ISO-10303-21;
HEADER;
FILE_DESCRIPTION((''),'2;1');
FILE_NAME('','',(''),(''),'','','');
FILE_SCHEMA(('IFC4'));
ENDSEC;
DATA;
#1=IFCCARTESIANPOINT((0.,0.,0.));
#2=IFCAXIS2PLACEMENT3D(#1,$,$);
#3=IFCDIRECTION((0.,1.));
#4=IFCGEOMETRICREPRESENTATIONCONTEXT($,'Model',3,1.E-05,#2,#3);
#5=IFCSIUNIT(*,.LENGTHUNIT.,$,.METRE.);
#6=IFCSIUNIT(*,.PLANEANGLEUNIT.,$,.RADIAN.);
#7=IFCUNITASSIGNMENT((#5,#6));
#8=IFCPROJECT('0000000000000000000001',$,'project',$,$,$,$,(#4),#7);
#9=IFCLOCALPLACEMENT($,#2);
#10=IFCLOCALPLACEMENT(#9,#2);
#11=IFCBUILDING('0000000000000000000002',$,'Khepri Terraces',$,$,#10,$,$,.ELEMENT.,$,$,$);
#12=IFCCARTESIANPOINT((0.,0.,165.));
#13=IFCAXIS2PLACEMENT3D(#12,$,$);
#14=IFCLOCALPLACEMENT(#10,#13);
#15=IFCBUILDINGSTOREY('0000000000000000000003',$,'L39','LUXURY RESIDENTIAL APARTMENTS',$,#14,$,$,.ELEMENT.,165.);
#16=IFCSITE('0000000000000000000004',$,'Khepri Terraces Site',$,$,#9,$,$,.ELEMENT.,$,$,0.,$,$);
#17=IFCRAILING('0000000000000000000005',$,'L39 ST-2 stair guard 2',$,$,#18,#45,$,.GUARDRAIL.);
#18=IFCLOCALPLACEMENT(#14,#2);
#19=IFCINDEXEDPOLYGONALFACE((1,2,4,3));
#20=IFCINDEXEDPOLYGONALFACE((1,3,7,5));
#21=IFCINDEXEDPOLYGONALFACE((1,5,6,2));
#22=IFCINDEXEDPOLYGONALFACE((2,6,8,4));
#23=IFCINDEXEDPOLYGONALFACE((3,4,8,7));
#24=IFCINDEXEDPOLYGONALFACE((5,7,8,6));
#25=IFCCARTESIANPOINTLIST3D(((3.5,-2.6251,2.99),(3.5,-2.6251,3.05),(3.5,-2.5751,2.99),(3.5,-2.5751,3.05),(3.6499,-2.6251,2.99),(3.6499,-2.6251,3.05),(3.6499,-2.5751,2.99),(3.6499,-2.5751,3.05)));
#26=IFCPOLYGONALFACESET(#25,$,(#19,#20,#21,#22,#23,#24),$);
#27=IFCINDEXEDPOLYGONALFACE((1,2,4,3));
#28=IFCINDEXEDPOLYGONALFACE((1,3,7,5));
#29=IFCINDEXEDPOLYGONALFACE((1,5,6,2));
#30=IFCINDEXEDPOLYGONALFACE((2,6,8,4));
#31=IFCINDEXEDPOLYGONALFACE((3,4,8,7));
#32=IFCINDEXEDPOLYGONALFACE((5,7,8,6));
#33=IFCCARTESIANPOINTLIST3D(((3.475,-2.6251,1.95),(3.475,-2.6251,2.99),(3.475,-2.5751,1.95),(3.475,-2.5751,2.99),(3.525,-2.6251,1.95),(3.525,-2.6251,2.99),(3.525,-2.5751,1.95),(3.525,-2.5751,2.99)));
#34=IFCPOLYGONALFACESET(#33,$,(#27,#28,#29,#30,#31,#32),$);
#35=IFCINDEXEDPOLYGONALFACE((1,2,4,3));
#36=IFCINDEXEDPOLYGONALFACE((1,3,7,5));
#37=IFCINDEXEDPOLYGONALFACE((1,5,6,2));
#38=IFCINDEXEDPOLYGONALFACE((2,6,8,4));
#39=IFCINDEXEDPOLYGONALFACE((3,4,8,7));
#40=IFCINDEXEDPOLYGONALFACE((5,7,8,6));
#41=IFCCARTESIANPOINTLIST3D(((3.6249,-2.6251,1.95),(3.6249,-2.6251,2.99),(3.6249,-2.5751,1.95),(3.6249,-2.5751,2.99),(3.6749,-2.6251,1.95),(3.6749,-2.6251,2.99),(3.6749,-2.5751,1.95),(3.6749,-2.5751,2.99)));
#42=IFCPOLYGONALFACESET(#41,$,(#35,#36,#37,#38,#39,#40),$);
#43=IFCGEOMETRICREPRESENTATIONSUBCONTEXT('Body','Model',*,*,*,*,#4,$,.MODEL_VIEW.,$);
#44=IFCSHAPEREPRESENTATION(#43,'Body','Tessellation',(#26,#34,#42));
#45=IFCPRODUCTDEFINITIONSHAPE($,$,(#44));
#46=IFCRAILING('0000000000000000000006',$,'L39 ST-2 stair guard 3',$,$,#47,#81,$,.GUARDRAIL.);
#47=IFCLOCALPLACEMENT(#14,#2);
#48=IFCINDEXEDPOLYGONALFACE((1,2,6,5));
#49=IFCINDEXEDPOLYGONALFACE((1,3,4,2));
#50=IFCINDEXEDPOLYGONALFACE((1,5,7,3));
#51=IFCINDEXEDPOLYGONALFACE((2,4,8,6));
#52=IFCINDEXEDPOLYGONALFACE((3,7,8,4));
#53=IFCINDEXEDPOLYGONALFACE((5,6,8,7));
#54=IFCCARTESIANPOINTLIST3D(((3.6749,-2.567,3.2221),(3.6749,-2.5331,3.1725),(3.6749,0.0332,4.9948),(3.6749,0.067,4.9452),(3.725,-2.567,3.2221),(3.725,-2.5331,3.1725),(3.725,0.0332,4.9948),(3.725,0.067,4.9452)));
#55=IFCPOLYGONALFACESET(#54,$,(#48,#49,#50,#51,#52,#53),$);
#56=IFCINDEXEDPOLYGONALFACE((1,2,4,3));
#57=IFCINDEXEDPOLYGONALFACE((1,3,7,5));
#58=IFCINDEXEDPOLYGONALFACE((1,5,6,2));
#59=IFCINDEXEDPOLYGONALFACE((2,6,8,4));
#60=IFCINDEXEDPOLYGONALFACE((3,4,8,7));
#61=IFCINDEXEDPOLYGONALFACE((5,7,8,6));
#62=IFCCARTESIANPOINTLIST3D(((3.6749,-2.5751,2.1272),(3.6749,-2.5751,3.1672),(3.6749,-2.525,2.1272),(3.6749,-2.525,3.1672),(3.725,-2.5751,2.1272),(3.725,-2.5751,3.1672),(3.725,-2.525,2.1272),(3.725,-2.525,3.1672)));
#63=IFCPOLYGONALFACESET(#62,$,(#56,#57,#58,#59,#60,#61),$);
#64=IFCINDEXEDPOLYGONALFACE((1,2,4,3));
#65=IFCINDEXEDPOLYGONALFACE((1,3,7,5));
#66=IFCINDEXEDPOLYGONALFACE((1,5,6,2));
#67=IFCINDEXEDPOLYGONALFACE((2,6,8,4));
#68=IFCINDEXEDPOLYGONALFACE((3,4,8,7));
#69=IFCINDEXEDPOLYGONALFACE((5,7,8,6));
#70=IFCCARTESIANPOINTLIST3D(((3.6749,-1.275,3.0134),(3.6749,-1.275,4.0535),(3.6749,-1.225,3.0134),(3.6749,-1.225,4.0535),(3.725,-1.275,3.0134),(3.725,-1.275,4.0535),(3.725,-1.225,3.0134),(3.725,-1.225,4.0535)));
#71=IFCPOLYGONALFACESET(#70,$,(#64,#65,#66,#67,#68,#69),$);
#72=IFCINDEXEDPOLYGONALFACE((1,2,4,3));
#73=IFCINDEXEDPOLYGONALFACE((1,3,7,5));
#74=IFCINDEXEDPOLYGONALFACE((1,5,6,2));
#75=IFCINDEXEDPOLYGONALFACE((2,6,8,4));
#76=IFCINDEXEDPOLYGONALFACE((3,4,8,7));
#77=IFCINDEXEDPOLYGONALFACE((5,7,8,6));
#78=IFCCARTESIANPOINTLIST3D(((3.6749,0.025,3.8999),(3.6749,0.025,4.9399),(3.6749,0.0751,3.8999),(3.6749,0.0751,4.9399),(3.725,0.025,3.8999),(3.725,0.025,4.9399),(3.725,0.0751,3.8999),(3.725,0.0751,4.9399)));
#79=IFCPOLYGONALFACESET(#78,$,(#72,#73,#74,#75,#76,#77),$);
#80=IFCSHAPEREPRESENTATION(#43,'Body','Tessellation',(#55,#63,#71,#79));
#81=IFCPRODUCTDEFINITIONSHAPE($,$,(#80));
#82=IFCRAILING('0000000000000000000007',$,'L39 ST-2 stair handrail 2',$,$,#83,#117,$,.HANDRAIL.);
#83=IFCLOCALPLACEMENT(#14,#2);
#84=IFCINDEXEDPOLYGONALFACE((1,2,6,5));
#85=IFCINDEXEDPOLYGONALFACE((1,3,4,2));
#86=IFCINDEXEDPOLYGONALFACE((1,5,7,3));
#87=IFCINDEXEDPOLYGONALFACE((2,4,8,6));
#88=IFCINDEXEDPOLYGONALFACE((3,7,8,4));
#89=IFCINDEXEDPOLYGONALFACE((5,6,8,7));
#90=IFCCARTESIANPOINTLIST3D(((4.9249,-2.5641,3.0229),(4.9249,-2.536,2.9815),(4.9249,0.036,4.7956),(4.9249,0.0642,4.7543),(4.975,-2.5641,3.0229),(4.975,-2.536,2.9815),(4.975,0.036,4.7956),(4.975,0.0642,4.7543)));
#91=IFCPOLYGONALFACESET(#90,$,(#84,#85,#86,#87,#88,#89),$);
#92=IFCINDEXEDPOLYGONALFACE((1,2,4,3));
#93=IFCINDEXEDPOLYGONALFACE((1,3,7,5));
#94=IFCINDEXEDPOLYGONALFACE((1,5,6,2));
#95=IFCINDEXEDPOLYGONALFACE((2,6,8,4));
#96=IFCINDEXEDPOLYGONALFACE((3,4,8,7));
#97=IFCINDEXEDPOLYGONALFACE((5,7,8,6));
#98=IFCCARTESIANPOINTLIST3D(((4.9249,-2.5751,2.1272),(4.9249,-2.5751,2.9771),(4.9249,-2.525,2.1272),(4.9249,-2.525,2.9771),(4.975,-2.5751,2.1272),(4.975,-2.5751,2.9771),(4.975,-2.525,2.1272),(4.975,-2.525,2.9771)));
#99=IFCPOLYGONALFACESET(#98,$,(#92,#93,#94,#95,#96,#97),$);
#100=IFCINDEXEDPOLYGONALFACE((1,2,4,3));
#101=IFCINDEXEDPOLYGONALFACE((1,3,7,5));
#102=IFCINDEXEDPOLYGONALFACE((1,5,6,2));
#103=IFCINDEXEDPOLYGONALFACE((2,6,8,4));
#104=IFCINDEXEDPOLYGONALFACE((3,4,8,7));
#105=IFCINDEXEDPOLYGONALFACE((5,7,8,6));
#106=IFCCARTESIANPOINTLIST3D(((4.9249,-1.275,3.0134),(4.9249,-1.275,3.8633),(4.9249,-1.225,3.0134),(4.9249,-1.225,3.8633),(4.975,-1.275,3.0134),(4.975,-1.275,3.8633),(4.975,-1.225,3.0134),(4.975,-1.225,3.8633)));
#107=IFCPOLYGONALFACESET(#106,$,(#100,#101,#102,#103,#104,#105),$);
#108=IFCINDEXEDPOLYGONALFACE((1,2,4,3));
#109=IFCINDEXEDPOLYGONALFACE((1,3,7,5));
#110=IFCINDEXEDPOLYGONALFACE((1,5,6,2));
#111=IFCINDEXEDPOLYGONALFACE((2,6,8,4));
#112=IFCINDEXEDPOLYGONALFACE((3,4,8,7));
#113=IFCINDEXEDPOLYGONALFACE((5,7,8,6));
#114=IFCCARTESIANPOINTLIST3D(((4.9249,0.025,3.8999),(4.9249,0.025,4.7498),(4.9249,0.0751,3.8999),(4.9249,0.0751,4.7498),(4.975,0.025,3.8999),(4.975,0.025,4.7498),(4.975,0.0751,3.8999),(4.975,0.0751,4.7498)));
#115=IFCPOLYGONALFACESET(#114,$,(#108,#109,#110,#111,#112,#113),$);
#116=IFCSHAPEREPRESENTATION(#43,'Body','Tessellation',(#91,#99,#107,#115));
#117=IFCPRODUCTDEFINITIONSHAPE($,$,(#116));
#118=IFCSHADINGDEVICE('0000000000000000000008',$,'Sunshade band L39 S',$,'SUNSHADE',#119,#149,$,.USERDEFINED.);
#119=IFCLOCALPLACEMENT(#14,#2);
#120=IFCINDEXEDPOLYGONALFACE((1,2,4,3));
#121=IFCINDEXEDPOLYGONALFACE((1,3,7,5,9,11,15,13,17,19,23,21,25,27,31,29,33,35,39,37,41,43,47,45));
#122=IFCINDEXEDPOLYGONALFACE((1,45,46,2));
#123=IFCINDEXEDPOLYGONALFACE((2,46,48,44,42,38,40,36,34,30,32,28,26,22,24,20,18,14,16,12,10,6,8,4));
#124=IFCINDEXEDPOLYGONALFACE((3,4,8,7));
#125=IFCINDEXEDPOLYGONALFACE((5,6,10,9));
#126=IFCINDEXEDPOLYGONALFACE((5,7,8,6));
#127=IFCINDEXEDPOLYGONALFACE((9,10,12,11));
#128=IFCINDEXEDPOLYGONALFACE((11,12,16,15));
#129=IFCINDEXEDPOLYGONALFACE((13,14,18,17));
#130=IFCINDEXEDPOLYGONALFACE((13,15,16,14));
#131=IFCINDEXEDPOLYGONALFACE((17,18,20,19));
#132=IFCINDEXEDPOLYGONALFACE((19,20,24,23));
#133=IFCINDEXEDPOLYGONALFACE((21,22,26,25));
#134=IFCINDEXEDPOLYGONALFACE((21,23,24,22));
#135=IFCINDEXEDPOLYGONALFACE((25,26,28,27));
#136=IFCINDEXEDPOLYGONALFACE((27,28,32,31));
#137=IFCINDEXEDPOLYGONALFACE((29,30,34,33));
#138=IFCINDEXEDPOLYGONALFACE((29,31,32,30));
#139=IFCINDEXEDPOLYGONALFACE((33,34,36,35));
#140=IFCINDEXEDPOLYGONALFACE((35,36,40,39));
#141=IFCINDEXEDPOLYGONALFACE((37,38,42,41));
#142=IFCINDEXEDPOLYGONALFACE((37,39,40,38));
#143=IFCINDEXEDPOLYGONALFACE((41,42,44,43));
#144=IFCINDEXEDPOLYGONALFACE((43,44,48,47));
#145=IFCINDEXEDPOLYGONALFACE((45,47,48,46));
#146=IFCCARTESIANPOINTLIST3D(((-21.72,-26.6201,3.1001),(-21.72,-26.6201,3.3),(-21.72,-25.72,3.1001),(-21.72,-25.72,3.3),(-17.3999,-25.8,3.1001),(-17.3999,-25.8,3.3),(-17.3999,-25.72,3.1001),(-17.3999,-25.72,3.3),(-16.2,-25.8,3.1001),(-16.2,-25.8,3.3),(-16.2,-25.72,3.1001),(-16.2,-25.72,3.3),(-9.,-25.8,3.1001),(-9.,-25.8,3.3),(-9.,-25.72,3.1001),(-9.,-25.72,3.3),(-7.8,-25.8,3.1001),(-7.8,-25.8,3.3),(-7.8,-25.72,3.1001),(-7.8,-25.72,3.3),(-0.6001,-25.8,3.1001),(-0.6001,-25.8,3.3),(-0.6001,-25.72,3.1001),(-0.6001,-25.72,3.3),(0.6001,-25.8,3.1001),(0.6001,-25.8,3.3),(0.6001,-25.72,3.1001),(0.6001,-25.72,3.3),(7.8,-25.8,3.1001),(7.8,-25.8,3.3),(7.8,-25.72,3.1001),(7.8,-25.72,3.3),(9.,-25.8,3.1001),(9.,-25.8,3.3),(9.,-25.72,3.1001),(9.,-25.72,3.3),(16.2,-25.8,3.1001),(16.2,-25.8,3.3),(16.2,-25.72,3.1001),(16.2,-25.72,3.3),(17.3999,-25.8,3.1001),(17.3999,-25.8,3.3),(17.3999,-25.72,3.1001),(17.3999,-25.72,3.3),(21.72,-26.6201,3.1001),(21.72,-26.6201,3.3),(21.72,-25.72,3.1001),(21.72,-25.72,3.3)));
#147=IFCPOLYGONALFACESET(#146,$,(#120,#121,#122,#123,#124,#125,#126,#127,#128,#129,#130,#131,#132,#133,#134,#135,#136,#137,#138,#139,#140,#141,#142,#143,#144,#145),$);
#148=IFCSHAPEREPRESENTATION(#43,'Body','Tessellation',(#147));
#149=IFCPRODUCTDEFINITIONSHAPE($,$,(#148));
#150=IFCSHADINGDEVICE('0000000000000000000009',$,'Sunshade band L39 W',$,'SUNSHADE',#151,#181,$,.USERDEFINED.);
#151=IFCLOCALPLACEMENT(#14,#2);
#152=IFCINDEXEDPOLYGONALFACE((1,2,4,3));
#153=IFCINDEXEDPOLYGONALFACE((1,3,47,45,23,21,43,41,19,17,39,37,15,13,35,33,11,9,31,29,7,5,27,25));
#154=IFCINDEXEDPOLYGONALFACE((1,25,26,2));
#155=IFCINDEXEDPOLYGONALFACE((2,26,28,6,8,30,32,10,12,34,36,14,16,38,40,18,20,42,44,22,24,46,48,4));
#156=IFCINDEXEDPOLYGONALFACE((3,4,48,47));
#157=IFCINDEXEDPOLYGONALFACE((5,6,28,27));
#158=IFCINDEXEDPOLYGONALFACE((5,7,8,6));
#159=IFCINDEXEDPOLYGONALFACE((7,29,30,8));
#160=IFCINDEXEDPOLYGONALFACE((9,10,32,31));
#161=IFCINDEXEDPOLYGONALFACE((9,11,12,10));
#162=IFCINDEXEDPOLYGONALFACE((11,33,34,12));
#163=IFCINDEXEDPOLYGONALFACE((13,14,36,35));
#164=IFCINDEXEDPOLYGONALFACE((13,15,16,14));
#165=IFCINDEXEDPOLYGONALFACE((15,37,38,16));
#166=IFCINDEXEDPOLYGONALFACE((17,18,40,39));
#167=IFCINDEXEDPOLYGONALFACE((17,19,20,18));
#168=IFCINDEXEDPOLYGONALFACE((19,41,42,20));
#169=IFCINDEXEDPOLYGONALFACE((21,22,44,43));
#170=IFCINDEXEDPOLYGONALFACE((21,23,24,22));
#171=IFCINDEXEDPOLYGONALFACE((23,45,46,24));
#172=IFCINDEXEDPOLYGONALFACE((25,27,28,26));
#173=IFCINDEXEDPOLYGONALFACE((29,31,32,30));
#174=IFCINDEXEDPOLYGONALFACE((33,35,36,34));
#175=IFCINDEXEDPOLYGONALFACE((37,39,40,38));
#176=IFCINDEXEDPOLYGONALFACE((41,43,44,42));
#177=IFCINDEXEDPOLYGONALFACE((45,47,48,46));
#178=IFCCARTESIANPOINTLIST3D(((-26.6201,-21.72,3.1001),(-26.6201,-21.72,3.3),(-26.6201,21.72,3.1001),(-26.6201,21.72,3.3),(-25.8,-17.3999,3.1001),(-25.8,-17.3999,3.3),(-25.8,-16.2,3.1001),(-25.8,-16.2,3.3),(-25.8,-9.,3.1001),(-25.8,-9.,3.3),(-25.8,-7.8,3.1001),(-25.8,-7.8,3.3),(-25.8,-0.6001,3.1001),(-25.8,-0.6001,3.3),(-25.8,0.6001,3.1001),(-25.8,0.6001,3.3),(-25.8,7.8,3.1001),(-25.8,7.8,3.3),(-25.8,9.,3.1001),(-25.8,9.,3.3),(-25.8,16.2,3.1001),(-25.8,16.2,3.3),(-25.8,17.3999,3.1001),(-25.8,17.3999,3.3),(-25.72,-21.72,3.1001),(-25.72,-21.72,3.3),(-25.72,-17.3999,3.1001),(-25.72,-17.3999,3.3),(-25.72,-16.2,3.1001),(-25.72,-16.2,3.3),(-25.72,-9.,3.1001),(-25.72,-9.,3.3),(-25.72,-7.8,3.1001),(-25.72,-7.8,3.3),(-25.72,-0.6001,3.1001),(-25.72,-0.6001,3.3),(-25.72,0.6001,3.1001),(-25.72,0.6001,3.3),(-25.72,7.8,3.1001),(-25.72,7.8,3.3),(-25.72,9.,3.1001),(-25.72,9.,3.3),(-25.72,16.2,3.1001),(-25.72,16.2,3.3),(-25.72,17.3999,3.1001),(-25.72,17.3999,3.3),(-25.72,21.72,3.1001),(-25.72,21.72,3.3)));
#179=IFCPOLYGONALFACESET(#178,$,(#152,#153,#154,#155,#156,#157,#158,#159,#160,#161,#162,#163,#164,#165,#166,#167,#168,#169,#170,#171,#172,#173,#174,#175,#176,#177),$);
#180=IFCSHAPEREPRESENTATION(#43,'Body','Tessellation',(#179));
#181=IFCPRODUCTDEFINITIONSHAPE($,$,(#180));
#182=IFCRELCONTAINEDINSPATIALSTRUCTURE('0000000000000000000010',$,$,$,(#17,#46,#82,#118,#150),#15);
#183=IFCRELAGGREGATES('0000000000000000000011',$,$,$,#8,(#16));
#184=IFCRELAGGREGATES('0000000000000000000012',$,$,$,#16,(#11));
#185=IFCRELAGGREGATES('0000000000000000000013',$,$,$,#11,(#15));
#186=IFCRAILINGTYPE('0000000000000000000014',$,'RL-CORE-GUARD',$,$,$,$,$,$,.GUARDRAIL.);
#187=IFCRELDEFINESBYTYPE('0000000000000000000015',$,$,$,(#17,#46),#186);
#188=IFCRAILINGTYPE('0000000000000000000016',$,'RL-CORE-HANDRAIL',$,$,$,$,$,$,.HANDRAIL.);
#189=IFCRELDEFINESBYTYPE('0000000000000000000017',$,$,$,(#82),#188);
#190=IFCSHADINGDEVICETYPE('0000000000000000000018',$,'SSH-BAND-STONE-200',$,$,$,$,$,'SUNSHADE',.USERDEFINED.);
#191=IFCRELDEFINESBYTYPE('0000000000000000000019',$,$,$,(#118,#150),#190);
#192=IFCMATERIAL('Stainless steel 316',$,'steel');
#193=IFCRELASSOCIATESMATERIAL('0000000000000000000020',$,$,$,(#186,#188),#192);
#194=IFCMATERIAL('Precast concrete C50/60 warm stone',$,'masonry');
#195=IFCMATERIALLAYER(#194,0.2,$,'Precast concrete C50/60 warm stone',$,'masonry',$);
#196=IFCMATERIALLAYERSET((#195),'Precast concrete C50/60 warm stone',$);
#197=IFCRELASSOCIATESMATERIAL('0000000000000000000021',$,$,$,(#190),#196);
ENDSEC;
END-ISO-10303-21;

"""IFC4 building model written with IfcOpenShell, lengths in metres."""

from ifc_helpers import new_model, si_unit, direction, frame, origin, origin_2d, place, context, subcontext, project, spatial, polyline, rectangle, outline, extrude, material, layer, layer_set, type_object, element, save


model = new_model("IFC4")

# Units and contexts
model_context = context("Model", 3, precision=1e-05, world=origin(), true_north=direction((0.0, 1.0)))
body_context = subcontext(model_context, "Body", "Model", "MODEL_VIEW")
ifc_project = project(units=[si_unit("LENGTHUNIT", "METRE"), si_unit("PLANEANGLEUNIT", "RADIAN")], contexts=[model_context])

# Site, building, storey
site_placement = place(None, origin())
site = spatial("IfcSite", under=ifc_project, at=site_placement, Name="Khepri Terraces Site", CompositionType="ELEMENT", RefElevation=0.0)
building_placement = place(site_placement, origin())
building = spatial("IfcBuilding", under=site, at=building_placement, Name="Khepri Terraces", CompositionType="ELEMENT")
storey_placement = place(building_placement, frame((0.0, 0.0, 165.0)))
storey = spatial("IfcBuildingStorey", under=building, at=storey_placement, Name="L39", Description="LUXURY RESIDENTIAL APARTMENTS", CompositionType="ELEMENT", Elevation=165.0)

# Shared definitions
ifc_material_1 = material(Name="Precast concrete C50/60 warm stone", Category="masonry")

# Railings
ifc_material_2 = material(Name="Stainless steel 316", Category="steel")
railing_type_1 = type_object("IfcRailingType", Name="RL-CORE-GUARD", PredefinedType="GUARDRAIL", material=ifc_material_2)
railing_1_placement = place(storey_placement, frame((3.5, -2.6001, 1.95)))
element("IfcRailing", 1, at=railing_1_placement, inside=storey, type_object=railing_type_1, Name="L39 ST-2 stair guard 2", PredefinedType="GUARDRAIL", context=body_context, shape_type="SweptSolid", body=[
    extrude(rectangle(XDim=0.05, YDim=0.0601, at=origin_2d()), frame((0.0, 0.0, 1.0701), z_axis=(1.0, 0.0, 0.0), x_axis=(0.0, 1.0, 0.0)), (0.0, 0.0, 1.0), 0.1499),
    extrude(rectangle(XDim=0.05, YDim=0.05, at=origin_2d()), origin(), (0.0, 0.0, 1.0), 1.04),
    extrude(rectangle(XDim=0.05, YDim=0.05, at=origin_2d()), frame((0.1499, 0.0, 0.0)), (0.0, 0.0, 1.0), 1.04),
])
railing_2_placement = place(storey_placement, frame((3.7, -2.55, 2.1272)))
element("IfcRailing", 2, at=railing_2_placement, inside=storey, type_object=railing_type_1, Name="L39 ST-2 stair guard 3", PredefinedType="GUARDRAIL", context=body_context, shape_type="SweptSolid", body=[
    extrude(rectangle(XDim=0.05, YDim=0.0601, at=origin_2d()), frame((0.0, 0.0, 1.0701), z_axis=(0.0, 0.82624, 0.563318), x_axis=(-1.0, 0.0, 0.0)), (0.0, 0.0, 1.0), 3.147),
    extrude(rectangle(XDim=0.05, YDim=0.05, at=origin_2d()), origin(), (0.0, 0.0, 1.0), 1.04),
    extrude(rectangle(XDim=0.05, YDim=0.05, at=origin_2d()), frame((0.0, 1.3, 0.8862)), (0.0, 0.0, 1.0), 1.04),
    extrude(rectangle(XDim=0.05, YDim=0.05, at=origin_2d()), frame((0.0, 2.6001, 1.7727)), (0.0, 0.0, 1.0), 1.04),
])
railing_type_2 = type_object("IfcRailingType", Name="RL-CORE-HANDRAIL", PredefinedType="HANDRAIL", material=ifc_material_2)
railing_3_placement = place(storey_placement, frame((4.95, -2.55, 2.1272)))
element("IfcRailing", 3, at=railing_3_placement, inside=storey, type_object=railing_type_2, Name="L39 ST-2 stair handrail 2", PredefinedType="HANDRAIL", context=body_context, shape_type="SweptSolid", body=[
    extrude(rectangle(XDim=0.05, YDim=0.05, at=origin_2d()), frame((0.0, 0.0, 0.875), z_axis=(0.0, 0.82624, 0.563318), x_axis=(-1.0, 0.0, 0.0)), (0.0, 0.0, 1.0), 3.147),
    extrude(rectangle(XDim=0.05, YDim=0.05, at=origin_2d()), origin(), (0.0, 0.0, 1.0), 0.8499),
    extrude(rectangle(XDim=0.05, YDim=0.05, at=origin_2d()), frame((0.0, 1.3, 0.8862)), (0.0, 0.0, 1.0), 0.8499),
    extrude(rectangle(XDim=0.05, YDim=0.05, at=origin_2d()), frame((0.0, 2.6001, 1.7727)), (0.0, 0.0, 1.0), 0.8499),
])

# Shading devices
ifc_layer_1 = layer(ifc_material_1, 0.2, Name="Precast concrete C50/60 warm stone", Category="masonry")
ifc_layer_set_1 = layer_set([ifc_layer_1], Name="Precast concrete C50/60 warm stone")
shading_device_type_1 = type_object("IfcShadingDeviceType", Name="SSH-BAND-STONE-200", ElementType="SUNSHADE", PredefinedType="USERDEFINED", material=ifc_layer_set_1)
shading_device_1_placement = place(storey_placement, frame((0.0, 0.0, 3.1001)))
element("IfcShadingDevice", 4, at=shading_device_1_placement, inside=storey, type_object=shading_device_type_1, Name="Sunshade band L39 S", ObjectType="SUNSHADE", PredefinedType="USERDEFINED", context=body_context, shape_type="SweptSolid", body=[
    extrude(outline(polyline([(-17.3999, -25.72), (-21.72, -25.72), (-21.72, -26.6201), (21.72, -26.6201), (21.72, -25.72), (17.3999, -25.72), (17.3999, -25.8), (16.2, -25.8), (16.2, -25.72), (9.0, -25.72), (9.0, -25.8), (7.8, -25.8), (7.8, -25.72), (0.6001, -25.72), (0.6001, -25.8), (-0.6001, -25.8), (-0.6001, -25.72), (-7.8, -25.72), (-7.8, -25.8), (-9.0, -25.8), (-9.0, -25.72), (-16.2, -25.72), (-16.2, -25.8), (-17.3999, -25.8), (-17.3999, -25.72)])), origin(), (0.0, 0.0, 1.0), 0.2),
])
shading_device_2_placement = place(storey_placement, frame((0.0, 0.0, 3.1001)))
element("IfcShadingDevice", 5, at=shading_device_2_placement, inside=storey, type_object=shading_device_type_1, Name="Sunshade band L39 W", ObjectType="SUNSHADE", PredefinedType="USERDEFINED", context=body_context, shape_type="SweptSolid", body=[
    extrude(outline(polyline([(-25.72, 17.3999), (-25.72, 21.72), (-26.6201, 21.72), (-26.6201, -21.72), (-25.72, -21.72), (-25.72, -17.3999), (-25.8, -17.3999), (-25.8, -16.2), (-25.72, -16.2), (-25.72, -9.0), (-25.8, -9.0), (-25.8, -7.8), (-25.72, -7.8), (-25.72, -0.6001), (-25.8, -0.6001), (-25.8, 0.6001), (-25.72, 0.6001), (-25.72, 7.8), (-25.8, 7.8), (-25.8, 9.0), (-25.72, 9.0), (-25.72, 16.2), (-25.8, 16.2), (-25.8, 17.3999), (-25.72, 17.3999)])), origin(), (0.0, 0.0, 1.0), 0.2),
])

save(model, "model.ifc")
